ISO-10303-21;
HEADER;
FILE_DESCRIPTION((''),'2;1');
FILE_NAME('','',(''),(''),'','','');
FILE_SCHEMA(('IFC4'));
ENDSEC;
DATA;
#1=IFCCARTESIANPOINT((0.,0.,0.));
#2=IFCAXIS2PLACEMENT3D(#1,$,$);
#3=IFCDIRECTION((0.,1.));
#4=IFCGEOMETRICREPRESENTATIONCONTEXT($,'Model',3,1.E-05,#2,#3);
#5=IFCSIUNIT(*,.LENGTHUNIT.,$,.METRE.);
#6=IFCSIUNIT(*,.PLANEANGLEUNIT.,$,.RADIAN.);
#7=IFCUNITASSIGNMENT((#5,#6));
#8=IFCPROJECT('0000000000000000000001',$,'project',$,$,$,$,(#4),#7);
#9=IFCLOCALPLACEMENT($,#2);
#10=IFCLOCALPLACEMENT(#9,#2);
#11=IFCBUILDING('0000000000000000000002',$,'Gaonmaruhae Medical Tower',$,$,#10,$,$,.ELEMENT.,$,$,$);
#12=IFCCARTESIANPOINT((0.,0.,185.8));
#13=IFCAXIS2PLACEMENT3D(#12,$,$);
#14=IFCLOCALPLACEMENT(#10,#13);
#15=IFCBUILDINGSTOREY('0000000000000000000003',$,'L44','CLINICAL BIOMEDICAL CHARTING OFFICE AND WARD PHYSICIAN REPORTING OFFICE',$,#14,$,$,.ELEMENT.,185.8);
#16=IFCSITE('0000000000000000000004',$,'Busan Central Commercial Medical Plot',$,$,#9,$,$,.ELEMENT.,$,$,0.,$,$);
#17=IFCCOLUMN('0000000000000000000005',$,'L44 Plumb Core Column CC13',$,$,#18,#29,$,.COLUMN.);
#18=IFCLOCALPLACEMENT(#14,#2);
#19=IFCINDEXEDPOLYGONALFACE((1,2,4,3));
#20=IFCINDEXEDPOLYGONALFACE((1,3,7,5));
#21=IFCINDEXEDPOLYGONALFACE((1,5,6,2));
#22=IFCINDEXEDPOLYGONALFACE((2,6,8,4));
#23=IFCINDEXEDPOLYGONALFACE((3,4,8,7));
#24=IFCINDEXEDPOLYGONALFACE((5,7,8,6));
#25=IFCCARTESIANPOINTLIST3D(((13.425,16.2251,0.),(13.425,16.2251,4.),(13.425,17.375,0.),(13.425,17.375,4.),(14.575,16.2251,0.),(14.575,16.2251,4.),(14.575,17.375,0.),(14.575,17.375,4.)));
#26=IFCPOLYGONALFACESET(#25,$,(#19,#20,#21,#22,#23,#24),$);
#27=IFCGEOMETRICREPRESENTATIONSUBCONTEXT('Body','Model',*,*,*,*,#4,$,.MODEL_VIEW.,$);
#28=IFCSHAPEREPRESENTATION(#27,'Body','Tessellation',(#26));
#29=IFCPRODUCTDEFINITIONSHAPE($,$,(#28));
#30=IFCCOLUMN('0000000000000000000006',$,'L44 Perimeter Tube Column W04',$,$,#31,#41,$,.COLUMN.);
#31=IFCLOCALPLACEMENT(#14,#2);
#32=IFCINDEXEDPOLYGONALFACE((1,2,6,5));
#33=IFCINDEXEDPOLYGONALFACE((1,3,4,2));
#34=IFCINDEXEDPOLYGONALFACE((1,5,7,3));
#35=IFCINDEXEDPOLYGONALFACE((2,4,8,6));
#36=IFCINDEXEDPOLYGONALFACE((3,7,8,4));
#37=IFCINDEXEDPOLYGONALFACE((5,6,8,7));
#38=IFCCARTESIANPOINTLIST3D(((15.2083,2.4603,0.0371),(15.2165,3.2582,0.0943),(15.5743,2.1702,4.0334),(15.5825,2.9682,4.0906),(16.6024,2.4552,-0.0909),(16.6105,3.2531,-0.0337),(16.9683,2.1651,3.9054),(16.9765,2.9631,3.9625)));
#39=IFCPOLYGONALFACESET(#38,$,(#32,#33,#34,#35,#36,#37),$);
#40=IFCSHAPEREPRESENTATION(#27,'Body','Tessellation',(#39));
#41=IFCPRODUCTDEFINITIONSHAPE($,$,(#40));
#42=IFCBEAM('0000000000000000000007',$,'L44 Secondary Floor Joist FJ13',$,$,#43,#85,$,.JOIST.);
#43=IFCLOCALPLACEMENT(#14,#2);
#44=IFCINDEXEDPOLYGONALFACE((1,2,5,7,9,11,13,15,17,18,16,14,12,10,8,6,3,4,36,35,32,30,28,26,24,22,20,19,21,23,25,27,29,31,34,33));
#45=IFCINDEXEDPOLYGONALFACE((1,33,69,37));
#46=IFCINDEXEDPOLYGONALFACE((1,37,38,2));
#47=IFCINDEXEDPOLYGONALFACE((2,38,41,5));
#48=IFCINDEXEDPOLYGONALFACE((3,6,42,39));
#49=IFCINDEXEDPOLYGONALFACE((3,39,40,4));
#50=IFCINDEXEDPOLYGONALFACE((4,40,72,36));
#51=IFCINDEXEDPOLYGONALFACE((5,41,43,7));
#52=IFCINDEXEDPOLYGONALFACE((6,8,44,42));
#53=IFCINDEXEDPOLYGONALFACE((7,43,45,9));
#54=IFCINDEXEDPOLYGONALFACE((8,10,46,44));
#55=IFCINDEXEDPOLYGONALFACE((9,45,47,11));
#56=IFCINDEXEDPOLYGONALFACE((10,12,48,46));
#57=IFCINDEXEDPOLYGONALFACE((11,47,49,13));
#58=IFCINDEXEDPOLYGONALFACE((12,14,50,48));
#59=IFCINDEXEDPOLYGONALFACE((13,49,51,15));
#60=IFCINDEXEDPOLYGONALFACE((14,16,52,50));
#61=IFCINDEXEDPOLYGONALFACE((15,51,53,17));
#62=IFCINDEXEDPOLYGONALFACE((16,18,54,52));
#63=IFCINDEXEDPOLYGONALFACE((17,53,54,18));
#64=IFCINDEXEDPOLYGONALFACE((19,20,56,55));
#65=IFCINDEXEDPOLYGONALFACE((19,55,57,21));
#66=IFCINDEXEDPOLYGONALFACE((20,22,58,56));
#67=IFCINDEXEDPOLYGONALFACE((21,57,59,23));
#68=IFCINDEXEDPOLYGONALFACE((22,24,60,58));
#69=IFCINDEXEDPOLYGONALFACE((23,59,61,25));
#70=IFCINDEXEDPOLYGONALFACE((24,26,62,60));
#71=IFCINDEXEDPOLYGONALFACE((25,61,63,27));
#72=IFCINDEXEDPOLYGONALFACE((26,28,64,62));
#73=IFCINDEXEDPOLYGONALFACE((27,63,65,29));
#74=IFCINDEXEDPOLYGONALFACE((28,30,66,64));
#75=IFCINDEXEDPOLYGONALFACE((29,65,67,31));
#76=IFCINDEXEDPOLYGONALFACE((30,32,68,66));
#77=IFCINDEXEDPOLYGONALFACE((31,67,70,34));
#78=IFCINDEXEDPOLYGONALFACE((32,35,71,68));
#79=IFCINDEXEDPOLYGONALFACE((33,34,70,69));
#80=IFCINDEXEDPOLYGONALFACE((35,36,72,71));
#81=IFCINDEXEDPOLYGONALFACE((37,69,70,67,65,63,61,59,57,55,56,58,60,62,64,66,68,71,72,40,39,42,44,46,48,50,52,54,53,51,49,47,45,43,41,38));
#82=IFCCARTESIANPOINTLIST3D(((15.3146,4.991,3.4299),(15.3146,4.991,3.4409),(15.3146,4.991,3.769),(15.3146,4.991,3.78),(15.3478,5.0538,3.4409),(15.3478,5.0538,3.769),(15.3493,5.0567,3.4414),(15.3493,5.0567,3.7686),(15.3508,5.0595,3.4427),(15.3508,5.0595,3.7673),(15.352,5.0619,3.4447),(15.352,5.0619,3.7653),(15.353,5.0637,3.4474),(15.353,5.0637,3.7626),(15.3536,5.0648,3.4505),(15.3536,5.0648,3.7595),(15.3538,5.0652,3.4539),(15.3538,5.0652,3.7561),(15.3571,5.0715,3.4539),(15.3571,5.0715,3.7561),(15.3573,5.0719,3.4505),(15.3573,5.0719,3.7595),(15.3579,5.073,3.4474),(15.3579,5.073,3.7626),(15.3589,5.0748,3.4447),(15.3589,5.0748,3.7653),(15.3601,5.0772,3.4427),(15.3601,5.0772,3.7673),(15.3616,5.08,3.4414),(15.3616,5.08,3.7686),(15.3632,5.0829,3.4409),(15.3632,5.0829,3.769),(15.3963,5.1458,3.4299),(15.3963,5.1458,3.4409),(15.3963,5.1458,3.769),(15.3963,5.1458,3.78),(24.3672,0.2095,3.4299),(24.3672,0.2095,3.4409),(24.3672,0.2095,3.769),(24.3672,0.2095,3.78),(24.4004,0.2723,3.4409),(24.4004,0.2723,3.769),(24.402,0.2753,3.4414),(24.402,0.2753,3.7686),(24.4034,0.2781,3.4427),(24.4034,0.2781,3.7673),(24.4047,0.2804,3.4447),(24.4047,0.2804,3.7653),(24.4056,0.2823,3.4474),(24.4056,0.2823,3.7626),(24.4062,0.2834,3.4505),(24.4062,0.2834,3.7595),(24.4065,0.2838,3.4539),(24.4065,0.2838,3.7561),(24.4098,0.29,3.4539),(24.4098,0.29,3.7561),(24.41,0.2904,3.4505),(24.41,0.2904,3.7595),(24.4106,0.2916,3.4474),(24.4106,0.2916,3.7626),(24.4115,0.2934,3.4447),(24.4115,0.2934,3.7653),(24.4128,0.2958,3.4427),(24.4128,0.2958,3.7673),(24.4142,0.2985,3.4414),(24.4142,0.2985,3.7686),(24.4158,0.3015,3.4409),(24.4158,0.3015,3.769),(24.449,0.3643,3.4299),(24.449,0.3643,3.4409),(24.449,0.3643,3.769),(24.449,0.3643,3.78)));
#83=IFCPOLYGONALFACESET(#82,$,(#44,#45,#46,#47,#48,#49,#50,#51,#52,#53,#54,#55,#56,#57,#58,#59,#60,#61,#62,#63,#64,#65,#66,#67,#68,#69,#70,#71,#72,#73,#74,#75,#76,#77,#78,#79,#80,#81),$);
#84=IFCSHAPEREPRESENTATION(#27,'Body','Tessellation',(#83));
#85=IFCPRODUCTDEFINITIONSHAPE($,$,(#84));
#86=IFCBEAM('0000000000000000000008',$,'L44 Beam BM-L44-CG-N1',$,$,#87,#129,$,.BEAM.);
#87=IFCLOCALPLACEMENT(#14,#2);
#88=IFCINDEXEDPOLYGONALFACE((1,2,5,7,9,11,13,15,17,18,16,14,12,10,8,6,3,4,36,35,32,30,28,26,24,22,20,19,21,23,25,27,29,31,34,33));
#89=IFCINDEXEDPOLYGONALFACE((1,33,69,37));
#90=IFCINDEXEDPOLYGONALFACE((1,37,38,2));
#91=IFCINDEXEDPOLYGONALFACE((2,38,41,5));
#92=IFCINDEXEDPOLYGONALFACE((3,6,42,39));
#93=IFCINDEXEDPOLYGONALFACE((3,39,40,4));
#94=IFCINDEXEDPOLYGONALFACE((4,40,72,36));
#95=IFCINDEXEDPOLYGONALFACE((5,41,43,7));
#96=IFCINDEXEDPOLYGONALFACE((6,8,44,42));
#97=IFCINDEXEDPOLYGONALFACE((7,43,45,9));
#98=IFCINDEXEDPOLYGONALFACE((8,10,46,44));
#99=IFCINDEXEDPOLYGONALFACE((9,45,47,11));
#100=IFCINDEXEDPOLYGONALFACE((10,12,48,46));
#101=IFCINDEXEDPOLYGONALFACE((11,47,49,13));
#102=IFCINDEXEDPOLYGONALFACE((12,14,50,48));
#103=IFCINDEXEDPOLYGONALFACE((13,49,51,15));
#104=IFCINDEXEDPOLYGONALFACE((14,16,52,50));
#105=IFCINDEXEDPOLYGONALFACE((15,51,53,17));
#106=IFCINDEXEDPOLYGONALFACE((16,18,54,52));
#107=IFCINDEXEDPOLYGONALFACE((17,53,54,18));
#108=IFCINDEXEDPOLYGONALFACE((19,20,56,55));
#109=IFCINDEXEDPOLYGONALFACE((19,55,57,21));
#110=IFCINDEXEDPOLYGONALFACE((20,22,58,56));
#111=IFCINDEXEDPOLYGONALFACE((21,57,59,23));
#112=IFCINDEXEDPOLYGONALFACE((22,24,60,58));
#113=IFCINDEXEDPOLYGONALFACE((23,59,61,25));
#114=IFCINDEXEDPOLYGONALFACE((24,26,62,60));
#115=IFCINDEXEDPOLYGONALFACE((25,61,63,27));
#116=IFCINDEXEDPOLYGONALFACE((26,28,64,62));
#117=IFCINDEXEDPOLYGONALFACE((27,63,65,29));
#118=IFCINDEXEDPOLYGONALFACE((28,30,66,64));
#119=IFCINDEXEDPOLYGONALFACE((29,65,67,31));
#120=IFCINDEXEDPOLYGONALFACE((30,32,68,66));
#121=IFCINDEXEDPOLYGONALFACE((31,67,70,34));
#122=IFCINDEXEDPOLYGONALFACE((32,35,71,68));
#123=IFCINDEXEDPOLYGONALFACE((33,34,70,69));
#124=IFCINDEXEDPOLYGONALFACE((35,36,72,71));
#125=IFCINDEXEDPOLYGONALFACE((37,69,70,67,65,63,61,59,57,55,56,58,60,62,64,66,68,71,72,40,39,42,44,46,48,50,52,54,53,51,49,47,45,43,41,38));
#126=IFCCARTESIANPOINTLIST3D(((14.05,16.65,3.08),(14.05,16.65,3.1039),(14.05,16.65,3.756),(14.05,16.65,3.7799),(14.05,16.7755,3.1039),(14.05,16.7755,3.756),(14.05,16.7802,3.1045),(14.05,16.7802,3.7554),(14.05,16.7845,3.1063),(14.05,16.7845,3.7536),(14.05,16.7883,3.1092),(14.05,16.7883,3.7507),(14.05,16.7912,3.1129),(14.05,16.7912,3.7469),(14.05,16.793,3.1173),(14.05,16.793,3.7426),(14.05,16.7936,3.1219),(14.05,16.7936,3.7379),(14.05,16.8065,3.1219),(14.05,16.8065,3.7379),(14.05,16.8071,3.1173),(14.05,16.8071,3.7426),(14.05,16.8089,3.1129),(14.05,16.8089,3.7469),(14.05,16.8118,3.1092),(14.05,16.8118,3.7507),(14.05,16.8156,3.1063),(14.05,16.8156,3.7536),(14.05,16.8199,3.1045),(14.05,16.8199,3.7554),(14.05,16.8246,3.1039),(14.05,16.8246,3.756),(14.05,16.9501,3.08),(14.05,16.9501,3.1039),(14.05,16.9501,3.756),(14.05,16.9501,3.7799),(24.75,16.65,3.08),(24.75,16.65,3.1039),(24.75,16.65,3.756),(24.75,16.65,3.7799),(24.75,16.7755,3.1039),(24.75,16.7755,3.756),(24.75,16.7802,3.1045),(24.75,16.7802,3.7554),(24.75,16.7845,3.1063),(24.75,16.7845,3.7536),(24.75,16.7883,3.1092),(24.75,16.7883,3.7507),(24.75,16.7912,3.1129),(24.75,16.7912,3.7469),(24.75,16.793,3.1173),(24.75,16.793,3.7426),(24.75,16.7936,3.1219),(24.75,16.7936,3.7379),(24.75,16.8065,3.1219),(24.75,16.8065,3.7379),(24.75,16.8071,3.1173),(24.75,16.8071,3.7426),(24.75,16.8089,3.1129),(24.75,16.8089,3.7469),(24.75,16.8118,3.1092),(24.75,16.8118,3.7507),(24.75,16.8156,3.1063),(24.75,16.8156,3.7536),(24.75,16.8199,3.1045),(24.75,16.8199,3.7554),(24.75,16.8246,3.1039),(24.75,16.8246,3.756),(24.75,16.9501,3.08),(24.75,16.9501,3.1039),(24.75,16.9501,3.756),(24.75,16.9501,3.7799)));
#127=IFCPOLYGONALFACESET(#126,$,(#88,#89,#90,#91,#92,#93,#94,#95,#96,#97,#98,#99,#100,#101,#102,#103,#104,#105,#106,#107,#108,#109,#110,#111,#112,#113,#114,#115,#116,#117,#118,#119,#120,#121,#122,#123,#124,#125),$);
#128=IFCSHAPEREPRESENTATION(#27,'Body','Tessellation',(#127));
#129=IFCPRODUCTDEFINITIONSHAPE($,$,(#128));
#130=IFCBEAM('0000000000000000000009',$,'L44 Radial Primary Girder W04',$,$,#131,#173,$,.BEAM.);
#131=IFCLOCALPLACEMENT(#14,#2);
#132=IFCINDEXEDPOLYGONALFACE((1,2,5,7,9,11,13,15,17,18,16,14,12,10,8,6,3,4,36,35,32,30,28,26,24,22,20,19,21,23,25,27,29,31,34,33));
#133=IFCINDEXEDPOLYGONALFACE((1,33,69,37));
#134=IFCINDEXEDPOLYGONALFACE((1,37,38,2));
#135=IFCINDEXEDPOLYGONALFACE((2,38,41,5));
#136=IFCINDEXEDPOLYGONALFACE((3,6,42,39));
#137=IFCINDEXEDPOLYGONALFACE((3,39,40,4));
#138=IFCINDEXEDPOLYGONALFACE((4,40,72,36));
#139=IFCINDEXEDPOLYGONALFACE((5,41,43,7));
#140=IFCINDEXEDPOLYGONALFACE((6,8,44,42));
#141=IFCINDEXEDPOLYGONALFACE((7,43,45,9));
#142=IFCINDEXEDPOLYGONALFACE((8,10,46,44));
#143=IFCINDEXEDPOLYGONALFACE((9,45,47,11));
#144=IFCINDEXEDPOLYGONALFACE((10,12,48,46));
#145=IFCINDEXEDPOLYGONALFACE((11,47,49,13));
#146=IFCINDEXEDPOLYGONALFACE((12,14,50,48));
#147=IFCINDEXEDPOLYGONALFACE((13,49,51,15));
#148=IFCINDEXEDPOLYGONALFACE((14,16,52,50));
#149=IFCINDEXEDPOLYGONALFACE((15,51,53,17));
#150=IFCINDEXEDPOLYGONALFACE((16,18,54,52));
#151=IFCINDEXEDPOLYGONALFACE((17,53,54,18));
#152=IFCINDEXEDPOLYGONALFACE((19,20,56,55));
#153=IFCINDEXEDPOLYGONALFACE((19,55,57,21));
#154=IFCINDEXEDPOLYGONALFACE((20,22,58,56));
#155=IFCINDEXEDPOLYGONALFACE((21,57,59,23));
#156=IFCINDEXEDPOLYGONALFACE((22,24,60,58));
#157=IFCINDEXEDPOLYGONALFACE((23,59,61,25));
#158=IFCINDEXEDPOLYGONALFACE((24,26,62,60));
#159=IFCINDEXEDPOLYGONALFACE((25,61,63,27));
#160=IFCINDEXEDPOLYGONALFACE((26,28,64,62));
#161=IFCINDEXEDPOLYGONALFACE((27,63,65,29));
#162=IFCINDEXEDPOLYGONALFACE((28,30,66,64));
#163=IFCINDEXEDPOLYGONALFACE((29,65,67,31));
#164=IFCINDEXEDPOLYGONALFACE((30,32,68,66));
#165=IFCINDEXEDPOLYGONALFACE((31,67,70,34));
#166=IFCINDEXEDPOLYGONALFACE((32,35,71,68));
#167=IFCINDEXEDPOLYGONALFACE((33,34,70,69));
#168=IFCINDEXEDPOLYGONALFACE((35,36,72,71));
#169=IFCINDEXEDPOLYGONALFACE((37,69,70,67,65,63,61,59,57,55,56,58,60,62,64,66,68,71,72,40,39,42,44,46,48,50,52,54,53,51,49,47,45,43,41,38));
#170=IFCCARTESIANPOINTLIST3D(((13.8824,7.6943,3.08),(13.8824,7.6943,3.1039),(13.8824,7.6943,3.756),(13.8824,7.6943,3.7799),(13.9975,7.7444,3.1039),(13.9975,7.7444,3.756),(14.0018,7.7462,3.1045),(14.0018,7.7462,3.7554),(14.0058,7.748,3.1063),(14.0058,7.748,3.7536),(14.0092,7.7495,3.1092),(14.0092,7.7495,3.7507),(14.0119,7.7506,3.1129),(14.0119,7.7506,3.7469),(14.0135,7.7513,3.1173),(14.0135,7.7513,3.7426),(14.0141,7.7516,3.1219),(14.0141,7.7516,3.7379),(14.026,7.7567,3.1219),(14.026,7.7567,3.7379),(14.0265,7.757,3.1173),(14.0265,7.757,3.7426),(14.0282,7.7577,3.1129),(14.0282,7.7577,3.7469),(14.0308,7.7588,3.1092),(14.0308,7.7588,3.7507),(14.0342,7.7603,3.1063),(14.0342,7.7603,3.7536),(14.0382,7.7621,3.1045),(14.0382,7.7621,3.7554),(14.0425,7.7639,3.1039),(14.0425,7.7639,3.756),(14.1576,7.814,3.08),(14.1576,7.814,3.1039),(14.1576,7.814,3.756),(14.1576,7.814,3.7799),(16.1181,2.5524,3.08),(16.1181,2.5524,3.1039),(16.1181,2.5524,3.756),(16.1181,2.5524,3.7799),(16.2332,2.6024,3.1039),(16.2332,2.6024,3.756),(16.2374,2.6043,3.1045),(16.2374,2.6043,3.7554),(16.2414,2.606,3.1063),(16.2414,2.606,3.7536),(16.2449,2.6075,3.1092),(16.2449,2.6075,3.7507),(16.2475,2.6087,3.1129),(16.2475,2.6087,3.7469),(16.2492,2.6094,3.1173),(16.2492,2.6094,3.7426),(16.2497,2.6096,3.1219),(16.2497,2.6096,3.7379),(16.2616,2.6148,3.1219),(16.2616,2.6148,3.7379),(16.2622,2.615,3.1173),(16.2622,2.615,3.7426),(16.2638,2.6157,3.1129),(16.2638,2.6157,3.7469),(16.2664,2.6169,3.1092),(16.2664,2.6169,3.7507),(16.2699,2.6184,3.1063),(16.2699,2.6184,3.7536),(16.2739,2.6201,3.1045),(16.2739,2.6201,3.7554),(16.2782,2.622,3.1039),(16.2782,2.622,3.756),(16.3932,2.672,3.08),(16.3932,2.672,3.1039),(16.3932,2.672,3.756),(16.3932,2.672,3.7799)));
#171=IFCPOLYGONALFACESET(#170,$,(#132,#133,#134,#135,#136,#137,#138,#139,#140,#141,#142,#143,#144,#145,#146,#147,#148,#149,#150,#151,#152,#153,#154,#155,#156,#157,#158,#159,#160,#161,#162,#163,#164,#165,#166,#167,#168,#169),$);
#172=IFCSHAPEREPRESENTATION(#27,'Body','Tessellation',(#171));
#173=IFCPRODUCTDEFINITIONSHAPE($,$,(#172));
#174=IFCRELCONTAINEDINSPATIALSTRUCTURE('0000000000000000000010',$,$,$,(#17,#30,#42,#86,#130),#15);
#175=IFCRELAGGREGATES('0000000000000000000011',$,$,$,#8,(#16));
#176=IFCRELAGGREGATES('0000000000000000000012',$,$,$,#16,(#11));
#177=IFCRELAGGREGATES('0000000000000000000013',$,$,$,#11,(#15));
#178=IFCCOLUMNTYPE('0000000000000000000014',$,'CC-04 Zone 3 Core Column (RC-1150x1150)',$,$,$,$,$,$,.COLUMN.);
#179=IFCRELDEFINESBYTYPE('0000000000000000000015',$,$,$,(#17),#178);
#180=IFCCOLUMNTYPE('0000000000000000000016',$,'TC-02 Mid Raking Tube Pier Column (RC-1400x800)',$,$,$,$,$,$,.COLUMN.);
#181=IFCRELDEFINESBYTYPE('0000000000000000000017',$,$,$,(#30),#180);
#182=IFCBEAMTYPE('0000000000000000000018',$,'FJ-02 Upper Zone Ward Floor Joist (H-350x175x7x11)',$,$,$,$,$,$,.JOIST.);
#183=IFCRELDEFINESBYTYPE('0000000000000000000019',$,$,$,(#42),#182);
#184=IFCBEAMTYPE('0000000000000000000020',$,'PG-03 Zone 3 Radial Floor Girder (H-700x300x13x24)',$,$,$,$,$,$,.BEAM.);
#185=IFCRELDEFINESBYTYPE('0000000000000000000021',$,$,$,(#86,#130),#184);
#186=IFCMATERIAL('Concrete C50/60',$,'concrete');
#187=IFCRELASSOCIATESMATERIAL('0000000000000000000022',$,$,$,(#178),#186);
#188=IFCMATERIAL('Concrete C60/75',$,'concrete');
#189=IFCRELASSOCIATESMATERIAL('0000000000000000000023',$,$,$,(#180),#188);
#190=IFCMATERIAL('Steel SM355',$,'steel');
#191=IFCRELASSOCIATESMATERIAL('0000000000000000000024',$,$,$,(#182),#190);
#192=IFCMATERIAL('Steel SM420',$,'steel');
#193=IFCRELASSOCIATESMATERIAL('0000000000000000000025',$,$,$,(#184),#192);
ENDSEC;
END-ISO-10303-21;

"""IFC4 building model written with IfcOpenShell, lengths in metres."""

from ifc_helpers import new_model, si_unit, direction, frame, origin, origin_2d, place, context, subcontext, project, spatial, rectangle, i_section, extrude, material, material_profile, profile_set, type_object, element, save


model = new_model("IFC4")

# Units and contexts
model_context = context("Model", 3, precision=1e-05, world=origin(), true_north=direction((0.0, 1.0)))
body_context = subcontext(model_context, "Body", "Model", "MODEL_VIEW")
ifc_project = project(units=[si_unit("LENGTHUNIT", "METRE"), si_unit("PLANEANGLEUNIT", "RADIAN")], contexts=[model_context])

# Site, building, storey
site_placement = place(None, origin())
site = spatial("IfcSite", under=ifc_project, at=site_placement, Name="Busan Central Commercial Medical Plot", CompositionType="ELEMENT", RefElevation=0.0)
building_placement = place(site_placement, origin())
building = spatial("IfcBuilding", under=site, at=building_placement, Name="Gaonmaruhae Medical Tower", CompositionType="ELEMENT")
storey_placement = place(building_placement, frame((0.0, 0.0, 185.8)))
storey = spatial("IfcBuildingStorey", under=building, at=storey_placement, Name="L44", Description="CLINICAL BIOMEDICAL CHARTING OFFICE AND WARD PHYSICIAN REPORTING OFFICE", CompositionType="ELEMENT", Elevation=185.8)

# Columns
ifc_material_1 = material(Name="Concrete C50/60", Category="concrete")
ifc_material_profile_1 = material_profile(ifc_material_1, rectangle(XDim=1.1499, YDim=1.1499, at=origin_2d()), Name="RC-1150x1150")
ifc_profile_set_1 = profile_set([ifc_material_profile_1], Name="Concrete C50/60")
column_type_1 = type_object("IfcColumnType", Name="CC-04 Zone 3 Core Column (RC-1150x1150)", PredefinedType="COLUMN", material=ifc_profile_set_1)
column_1_placement = place(storey_placement, frame((14.0, 16.8, 0.0), z_axis=(0.0, 0.0, 1.0), x_axis=(1.0, 0.0, 0.0)))
element("IfcColumn", 1, at=column_1_placement, inside=storey, type_object=column_type_1, Name="L44 Plumb Core Column CC13", PredefinedType="COLUMN", context=body_context, shape_type="SweptSolid", body=[
    extrude(rectangle(XDim=1.1499, YDim=1.1499, at=origin_2d()), origin(), (0.0, 0.0, 1.0), 4.0),
])
ifc_material_2 = material(Name="Concrete C60/75", Category="concrete")
ifc_material_profile_2 = material_profile(ifc_material_2, rectangle(XDim=1.3999, YDim=0.8, at=origin_2d()), Name="RC-1400x800")
ifc_profile_set_2 = profile_set([ifc_material_profile_2], Name="Concrete C60/75")
column_type_2 = type_object("IfcColumnType", Name="TC-02 Mid Raking Tube Pier Column (RC-1400x800)", PredefinedType="COLUMN", material=ifc_profile_set_2)
column_2_placement = place(storey_placement, frame((15.9094, 2.8567, 0.0017), z_axis=(0.090957, -0.072086, 0.993242), x_axis=(-0.995803, 0.003636, 0.091455)))
element("IfcColumn", 2, at=column_2_placement, inside=storey, type_object=column_type_2, Name="L44 Perimeter Tube Column W04", PredefinedType="COLUMN", context=body_context, shape_type="SweptSolid", body=[
    extrude(rectangle(XDim=1.3999, YDim=0.8, at=origin_2d()), origin(), (0.0, 0.0, 1.0), 4.0234),
])

# Beams
ifc_material_3 = material(Name="Steel SM355", Category="steel")
ifc_material_profile_3 = material_profile(ifc_material_3, i_section(OverallWidth=0.175, OverallDepth=0.3501, WebThickness=0.0071, FlangeThickness=0.011, FilletRadius=0.0129, at=origin_2d()), Name="H-350x175x7x11")
ifc_profile_set_3 = profile_set([ifc_material_profile_3], Name="Steel SM355")
beam_type_1 = type_object("IfcBeamType", Name="FJ-02 Upper Zone Ward Floor Joist (H-350x175x7x11)", PredefinedType="JOIST", material=ifc_profile_set_3)
beam_1_placement = place(storey_placement, frame((15.3555, 5.0684, 3.605), z_axis=(0.884237, -0.467038, 0.0), x_axis=(0.467038, 0.884237, 0.0)))
element("IfcBeam", 3, at=beam_1_placement, inside=storey, type_object=beam_type_1, Name="L44 Secondary Floor Joist FJ13", PredefinedType="JOIST", context=body_context, shape_type="SweptSolid", body=[
    extrude(i_section(OverallWidth=0.175, OverallDepth=0.3501, WebThickness=0.0071, FlangeThickness=0.011, FilletRadius=0.0129, at=origin_2d()), origin(), (0.0, 0.0, 1.0), 10.2378),
])
ifc_material_4 = material(Name="Steel SM420", Category="steel")
ifc_material_profile_4 = material_profile(ifc_material_4, i_section(OverallWidth=0.3, OverallDepth=0.7, WebThickness=0.0129, FlangeThickness=0.0239, FilletRadius=0.0181, at=origin_2d()), Name="H-700x300x13x24")
ifc_profile_set_4 = profile_set([ifc_material_profile_4], Name="Steel SM420")
beam_type_2 = type_object("IfcBeamType", Name="PG-03 Zone 3 Radial Floor Girder (H-700x300x13x24)", PredefinedType="BEAM", material=ifc_profile_set_4)
beam_2_placement = place(storey_placement, frame((14.05, 16.8, 3.4299), z_axis=(1.0, 0.0, 0.0), x_axis=(0.0, 1.0, 0.0)))
element("IfcBeam", 4, at=beam_2_placement, inside=storey, type_object=beam_type_2, Name="L44 Beam BM-L44-CG-N1", PredefinedType="BEAM", context=body_context, shape_type="SweptSolid", body=[
    extrude(i_section(OverallWidth=0.3, OverallDepth=0.7, WebThickness=0.0129, FlangeThickness=0.0239, FilletRadius=0.0181, at=origin_2d()), origin(), (0.0, 0.0, 1.0), 10.7),
])
beam_3_placement = place(storey_placement, frame((14.02, 7.7542, 3.4299), z_axis=(0.398728, -0.917069, 0.0), x_axis=(0.917069, 0.398728, 0.0)))
element("IfcBeam", 5, at=beam_3_placement, inside=storey, type_object=beam_type_2, Name="L44 Radial Primary Girder W04", PredefinedType="BEAM", context=body_context, shape_type="SweptSolid", body=[
    extrude(i_section(OverallWidth=0.3, OverallDepth=0.7, WebThickness=0.0129, FlangeThickness=0.0239, FilletRadius=0.0181, at=origin_2d()), origin(), (0.0, 0.0, 1.0), 5.6069),
])

save(model, "model.ifc")
